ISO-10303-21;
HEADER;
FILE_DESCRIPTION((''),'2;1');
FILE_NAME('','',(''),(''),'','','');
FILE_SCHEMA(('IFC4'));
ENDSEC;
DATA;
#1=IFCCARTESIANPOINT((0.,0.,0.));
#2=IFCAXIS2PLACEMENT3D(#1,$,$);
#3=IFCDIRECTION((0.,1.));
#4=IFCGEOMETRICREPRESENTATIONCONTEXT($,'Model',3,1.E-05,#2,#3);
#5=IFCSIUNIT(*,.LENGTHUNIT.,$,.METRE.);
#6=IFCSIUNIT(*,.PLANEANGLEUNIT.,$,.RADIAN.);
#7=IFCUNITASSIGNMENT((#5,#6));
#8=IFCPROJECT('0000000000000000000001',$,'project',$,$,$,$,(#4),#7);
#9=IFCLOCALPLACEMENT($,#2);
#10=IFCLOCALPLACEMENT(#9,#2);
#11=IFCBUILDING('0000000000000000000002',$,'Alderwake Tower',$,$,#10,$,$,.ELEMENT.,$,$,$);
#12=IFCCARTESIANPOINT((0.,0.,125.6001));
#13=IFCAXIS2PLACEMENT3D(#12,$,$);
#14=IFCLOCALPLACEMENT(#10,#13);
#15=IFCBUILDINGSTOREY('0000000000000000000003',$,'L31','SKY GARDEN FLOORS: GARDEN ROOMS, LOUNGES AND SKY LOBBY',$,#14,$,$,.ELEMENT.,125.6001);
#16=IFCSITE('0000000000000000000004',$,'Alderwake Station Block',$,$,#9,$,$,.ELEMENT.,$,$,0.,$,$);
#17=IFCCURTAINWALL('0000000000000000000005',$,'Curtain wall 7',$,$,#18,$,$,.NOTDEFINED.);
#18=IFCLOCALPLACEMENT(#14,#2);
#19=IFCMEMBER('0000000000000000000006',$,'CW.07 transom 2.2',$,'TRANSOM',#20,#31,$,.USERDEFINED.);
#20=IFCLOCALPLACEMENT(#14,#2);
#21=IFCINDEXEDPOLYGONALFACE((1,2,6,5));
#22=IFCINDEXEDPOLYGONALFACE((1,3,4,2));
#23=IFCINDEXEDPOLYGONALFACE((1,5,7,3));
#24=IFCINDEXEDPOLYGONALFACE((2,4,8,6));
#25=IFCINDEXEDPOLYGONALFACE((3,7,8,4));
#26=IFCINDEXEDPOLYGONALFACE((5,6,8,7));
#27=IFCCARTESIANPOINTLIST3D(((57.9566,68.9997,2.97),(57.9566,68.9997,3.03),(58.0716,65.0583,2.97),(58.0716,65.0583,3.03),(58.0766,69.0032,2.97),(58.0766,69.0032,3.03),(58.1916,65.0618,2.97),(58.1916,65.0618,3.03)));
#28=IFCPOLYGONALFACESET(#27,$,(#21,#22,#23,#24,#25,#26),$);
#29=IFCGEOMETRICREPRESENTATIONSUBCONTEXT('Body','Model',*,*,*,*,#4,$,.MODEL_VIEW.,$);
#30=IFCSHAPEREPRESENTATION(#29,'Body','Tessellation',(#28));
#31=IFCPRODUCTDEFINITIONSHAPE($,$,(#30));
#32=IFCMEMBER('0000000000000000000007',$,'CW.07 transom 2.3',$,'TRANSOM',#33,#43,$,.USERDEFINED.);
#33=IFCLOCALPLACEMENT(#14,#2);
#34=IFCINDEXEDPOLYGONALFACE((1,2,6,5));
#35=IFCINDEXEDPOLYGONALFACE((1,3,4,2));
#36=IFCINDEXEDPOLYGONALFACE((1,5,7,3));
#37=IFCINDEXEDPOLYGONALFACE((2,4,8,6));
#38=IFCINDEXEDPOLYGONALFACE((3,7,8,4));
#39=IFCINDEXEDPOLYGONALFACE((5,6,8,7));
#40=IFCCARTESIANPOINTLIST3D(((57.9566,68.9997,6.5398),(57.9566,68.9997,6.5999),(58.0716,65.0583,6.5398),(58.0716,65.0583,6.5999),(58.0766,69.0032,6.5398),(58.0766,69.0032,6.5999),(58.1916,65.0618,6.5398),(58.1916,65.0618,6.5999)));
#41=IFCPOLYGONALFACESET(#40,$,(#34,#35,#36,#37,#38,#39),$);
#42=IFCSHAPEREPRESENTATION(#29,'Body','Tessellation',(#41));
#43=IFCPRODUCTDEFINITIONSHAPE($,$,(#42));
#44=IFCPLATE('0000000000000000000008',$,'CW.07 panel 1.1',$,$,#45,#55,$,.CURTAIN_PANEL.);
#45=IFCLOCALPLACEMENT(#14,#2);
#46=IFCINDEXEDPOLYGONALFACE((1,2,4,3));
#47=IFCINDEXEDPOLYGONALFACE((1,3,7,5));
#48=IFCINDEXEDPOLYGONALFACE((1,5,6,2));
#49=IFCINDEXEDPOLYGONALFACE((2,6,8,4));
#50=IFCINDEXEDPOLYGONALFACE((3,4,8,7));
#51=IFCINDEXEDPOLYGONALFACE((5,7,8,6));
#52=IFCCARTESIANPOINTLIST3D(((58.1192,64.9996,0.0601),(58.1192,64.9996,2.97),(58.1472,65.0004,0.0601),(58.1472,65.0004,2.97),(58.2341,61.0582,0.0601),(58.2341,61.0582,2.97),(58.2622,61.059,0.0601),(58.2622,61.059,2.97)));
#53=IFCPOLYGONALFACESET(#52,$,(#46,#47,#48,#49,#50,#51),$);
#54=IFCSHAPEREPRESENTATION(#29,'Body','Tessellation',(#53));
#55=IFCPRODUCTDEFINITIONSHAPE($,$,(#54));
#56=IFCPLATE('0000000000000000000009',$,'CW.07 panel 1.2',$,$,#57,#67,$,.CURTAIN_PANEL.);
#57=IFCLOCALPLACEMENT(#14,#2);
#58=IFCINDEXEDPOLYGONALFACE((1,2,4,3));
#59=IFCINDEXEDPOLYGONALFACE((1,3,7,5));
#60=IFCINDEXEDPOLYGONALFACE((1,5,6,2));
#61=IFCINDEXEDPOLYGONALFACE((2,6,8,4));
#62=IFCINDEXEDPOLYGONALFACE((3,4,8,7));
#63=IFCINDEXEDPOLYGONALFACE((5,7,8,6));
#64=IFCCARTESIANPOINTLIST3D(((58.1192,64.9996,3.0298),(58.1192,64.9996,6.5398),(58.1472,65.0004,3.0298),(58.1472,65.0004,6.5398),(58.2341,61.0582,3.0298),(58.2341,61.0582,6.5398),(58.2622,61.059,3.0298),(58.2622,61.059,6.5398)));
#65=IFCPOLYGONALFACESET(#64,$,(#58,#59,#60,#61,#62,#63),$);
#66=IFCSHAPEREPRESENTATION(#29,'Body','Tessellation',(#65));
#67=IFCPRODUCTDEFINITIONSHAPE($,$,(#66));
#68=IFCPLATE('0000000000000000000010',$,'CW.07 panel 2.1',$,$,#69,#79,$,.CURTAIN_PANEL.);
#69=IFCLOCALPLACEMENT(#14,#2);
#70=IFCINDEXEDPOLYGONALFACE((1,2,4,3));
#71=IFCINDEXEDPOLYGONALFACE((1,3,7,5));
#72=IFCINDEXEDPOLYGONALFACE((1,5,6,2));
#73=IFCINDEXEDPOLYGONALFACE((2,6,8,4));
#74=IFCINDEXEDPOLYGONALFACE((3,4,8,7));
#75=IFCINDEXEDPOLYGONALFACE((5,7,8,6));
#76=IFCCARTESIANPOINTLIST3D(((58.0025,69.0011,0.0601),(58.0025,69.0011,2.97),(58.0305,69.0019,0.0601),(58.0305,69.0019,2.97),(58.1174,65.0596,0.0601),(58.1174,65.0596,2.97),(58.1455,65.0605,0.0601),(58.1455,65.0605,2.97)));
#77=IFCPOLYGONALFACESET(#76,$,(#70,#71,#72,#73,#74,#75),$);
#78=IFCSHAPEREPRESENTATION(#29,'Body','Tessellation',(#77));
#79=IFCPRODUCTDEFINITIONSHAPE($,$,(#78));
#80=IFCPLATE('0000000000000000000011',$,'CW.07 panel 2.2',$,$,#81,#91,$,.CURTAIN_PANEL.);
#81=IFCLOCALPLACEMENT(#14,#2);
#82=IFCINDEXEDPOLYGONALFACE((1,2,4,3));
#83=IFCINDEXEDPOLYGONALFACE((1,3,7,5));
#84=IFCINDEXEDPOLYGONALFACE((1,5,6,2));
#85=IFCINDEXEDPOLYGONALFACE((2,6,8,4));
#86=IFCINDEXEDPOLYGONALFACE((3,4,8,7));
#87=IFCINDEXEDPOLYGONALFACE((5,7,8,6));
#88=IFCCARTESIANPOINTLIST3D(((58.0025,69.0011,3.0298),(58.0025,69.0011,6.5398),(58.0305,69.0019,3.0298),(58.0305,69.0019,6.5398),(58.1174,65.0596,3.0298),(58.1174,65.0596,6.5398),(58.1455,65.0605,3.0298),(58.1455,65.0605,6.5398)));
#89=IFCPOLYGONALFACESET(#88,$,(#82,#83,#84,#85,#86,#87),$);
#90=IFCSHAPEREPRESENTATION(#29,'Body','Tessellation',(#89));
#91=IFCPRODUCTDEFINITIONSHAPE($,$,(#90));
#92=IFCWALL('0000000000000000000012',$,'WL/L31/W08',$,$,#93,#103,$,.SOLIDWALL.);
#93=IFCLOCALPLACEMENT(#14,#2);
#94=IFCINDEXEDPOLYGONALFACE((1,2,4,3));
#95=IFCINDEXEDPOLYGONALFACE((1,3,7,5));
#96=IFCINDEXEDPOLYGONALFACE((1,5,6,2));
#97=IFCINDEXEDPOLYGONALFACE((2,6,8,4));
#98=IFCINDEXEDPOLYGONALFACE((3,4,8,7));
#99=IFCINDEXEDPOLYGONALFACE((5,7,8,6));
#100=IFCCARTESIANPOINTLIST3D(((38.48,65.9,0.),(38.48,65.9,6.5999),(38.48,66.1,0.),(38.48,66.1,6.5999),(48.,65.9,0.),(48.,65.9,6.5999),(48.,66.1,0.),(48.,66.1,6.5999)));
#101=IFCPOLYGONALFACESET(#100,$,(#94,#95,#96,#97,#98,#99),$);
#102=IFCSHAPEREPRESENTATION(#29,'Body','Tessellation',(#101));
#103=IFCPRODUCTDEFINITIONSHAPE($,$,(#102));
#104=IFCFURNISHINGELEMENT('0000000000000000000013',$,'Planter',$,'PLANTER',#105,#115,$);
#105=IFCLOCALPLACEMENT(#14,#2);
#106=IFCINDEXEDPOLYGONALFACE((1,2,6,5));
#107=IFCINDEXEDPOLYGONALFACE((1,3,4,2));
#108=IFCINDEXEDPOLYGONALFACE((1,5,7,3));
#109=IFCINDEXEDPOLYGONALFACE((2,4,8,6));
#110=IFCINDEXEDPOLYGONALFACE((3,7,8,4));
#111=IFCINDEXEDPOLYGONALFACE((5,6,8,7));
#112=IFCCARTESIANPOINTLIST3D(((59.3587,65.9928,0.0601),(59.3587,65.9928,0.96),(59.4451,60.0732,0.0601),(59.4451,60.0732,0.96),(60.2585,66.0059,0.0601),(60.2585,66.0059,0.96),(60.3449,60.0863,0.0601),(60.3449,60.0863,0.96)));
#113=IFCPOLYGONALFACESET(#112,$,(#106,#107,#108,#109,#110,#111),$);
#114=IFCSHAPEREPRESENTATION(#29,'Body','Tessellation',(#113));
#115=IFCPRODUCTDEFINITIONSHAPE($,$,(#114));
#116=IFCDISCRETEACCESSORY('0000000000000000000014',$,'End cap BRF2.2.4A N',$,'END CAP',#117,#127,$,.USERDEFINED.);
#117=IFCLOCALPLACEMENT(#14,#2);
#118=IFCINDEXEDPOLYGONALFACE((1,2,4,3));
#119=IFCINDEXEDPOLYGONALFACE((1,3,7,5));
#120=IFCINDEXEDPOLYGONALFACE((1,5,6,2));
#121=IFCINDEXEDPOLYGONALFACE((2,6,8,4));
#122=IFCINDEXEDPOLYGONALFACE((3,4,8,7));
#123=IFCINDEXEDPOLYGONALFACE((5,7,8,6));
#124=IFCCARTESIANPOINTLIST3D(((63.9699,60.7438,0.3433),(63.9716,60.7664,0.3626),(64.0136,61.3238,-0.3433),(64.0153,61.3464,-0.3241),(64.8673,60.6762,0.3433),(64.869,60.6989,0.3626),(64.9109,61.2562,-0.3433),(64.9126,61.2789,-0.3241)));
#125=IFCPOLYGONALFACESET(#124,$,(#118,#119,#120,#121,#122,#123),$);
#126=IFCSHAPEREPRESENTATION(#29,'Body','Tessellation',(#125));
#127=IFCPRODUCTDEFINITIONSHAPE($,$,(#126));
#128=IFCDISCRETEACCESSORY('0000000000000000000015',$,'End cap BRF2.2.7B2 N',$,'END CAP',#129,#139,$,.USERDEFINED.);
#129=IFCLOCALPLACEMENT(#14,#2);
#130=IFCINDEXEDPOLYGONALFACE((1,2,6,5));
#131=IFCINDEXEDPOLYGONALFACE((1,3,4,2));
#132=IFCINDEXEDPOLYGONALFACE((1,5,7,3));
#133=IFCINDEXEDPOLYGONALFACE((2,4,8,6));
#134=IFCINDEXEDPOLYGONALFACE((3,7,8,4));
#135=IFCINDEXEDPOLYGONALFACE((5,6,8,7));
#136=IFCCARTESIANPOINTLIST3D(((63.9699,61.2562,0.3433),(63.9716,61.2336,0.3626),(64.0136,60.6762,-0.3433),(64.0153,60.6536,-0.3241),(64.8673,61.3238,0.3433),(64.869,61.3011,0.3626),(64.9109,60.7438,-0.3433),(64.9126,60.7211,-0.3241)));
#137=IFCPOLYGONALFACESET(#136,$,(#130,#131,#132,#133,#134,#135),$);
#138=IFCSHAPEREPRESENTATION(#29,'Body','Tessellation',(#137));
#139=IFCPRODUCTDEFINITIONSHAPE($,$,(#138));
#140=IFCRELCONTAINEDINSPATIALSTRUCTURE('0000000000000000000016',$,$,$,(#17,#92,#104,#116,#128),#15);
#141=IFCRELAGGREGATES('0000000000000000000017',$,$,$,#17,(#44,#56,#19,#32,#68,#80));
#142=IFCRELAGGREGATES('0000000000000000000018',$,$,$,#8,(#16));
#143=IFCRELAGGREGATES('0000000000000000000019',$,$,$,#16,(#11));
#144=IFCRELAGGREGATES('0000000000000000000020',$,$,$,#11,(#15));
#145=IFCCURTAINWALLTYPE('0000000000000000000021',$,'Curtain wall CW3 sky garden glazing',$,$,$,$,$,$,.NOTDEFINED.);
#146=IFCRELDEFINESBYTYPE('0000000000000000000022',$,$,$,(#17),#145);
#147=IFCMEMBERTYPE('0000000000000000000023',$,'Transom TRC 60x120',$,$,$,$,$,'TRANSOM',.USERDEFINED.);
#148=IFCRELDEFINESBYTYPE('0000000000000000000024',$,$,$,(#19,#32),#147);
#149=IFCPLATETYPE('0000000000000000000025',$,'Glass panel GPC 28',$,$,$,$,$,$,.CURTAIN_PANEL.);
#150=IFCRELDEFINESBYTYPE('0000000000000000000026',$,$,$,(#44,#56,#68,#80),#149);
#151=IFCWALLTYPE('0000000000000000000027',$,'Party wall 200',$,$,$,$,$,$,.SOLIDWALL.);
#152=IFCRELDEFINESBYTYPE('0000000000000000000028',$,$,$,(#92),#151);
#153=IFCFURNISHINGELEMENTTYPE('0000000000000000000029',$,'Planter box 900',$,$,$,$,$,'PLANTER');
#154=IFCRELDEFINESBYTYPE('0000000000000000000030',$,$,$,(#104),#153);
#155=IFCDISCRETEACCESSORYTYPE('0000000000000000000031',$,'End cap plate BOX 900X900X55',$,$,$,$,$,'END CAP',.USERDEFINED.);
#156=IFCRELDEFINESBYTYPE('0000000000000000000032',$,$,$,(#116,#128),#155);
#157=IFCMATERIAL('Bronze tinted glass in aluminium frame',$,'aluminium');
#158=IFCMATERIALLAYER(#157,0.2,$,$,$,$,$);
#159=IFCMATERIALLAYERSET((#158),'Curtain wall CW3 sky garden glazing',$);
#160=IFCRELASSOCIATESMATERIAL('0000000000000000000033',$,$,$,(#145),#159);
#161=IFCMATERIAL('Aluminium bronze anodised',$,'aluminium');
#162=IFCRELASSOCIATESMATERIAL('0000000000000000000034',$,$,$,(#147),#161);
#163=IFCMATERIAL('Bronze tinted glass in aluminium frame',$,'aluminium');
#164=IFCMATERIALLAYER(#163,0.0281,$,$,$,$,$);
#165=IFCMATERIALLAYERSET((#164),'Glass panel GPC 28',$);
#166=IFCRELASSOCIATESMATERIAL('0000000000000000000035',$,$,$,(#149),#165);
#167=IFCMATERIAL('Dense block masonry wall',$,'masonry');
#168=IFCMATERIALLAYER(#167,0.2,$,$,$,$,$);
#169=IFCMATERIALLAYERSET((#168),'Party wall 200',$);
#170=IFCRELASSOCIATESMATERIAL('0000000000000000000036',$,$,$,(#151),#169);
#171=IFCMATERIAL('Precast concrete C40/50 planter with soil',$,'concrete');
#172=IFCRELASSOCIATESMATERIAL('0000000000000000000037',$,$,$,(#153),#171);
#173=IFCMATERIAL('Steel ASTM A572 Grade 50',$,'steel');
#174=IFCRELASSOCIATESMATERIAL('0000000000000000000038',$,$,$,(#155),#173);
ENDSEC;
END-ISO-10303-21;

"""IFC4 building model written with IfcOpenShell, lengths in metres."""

from ifc_helpers import new_model, si_unit, direction, frame, frame_2d, origin, origin_2d, place, context, subcontext, project, spatial, rectangle, extrude, material, layer, layer_set, material_profile, profile_set, type_object, element, aggregate, save


model = new_model("IFC4")

# Units and contexts
model_context = context("Model", 3, precision=1e-05, world=origin(), true_north=direction((0.0, 1.0)))
body_context = subcontext(model_context, "Body", "Model", "MODEL_VIEW")
ifc_project = project(units=[si_unit("LENGTHUNIT", "METRE"), si_unit("PLANEANGLEUNIT", "RADIAN")], contexts=[model_context])

# Site, building, storey
site_placement = place(None, origin())
site = spatial("IfcSite", under=ifc_project, at=site_placement, Name="Alderwake Station Block", CompositionType="ELEMENT", RefElevation=0.0)
building_placement = place(site_placement, origin())
building = spatial("IfcBuilding", under=site, at=building_placement, Name="Alderwake Tower", CompositionType="ELEMENT")
storey_placement = place(building_placement, frame((0.0, 0.0, 125.6001)))
storey = spatial("IfcBuildingStorey", under=building, at=storey_placement, Name="L31", Description="SKY GARDEN FLOORS: GARDEN ROOMS, LOUNGES AND SKY LOBBY", CompositionType="ELEMENT", Elevation=125.6001)

# Shared definitions
ifc_material_1 = material(Name="Bronze tinted glass in aluminium frame", Category="aluminium")
ifc_layer_1 = layer(ifc_material_1, 0.2)
ifc_layer_set_1 = layer_set([ifc_layer_1], Name="Curtain wall CW3 sky garden glazing")
curtain_wall_type = type_object("IfcCurtainWallType", Name="Curtain wall CW3 sky garden glazing", PredefinedType="NOTDEFINED", material=ifc_layer_set_1)

# Curtain wall
curtain_wall_1_placement = place(storey_placement, origin())
curtain_wall_1 = element("IfcCurtainWall", 1, at=curtain_wall_1_placement, inside=storey, type_object=curtain_wall_type, Name="Curtain wall 7", PredefinedType="NOTDEFINED")

# Members
ifc_material_2 = material(Name="Aluminium bronze anodised", Category="aluminium")
ifc_material_profile_1 = material_profile(ifc_material_2, rectangle(XDim=0.1201, YDim=0.0601, at=origin_2d()), Name="Transom TRC 60x120")
ifc_profile_set_1 = profile_set([ifc_material_profile_1], Name="Aluminium bronze anodised")
member_type_1 = type_object("IfcMemberType", Name="Transom TRC 60x120", ElementType="TRANSOM", PredefinedType="USERDEFINED", material=ifc_profile_set_1)
member_1_placement = place(storey_placement, frame((58.1316, 65.0601, 3.0), z_axis=(-0.029163, 0.999575, 0.0), x_axis=(-0.999575, -0.029163, 0.0)))
member_1 = element("IfcMember", 2, at=member_1_placement, type_object=member_type_1, Name="CW.07 transom 2.2", ObjectType="TRANSOM", PredefinedType="USERDEFINED", context=body_context, shape_type="SweptSolid", body=[
    extrude(rectangle(XDim=0.1201, YDim=0.0601, at=origin_2d()), origin(), (0.0, 0.0, 1.0), 3.9431),
])
member_2_placement = place(storey_placement, frame((58.1316, 65.0601, 6.5698), z_axis=(-0.029163, 0.999575, 0.0), x_axis=(-0.999575, -0.029163, 0.0)))
member_2 = element("IfcMember", 3, at=member_2_placement, type_object=member_type_1, Name="CW.07 transom 2.3", ObjectType="TRANSOM", PredefinedType="USERDEFINED", context=body_context, shape_type="SweptSolid", body=[
    extrude(rectangle(XDim=0.1201, YDim=0.0601, at=origin_2d()), origin(), (0.0, 0.0, 1.0), 3.9431),
])

# Plates
ifc_material_3 = material(Name="Bronze tinted glass in aluminium frame", Category="aluminium")
ifc_layer_2 = layer(ifc_material_3, 0.0281)
ifc_layer_set_2 = layer_set([ifc_layer_2], Name="Glass panel GPC 28")
plate_type = type_object("IfcPlateType", Name="Glass panel GPC 28", PredefinedType="CURTAIN_PANEL", material=ifc_layer_set_2)
plate_1_placement = place(storey_placement, frame((58.1907, 63.0293, 0.0601), z_axis=(0.0, 0.0, 1.0), x_axis=(-0.029158, 0.999575, 0.0)))
plate_1 = element("IfcPlate", 4, at=plate_1_placement, type_object=plate_type, Name="CW.07 panel 1.1", PredefinedType="CURTAIN_PANEL", context=body_context, shape_type="SweptSolid", body=[
    extrude(rectangle(XDim=3.9431, YDim=0.0281, at=origin_2d()), origin(), (0.0, 0.0, 1.0), 2.9099),
])
plate_2_placement = place(storey_placement, frame((58.1907, 63.0293, 3.0298), z_axis=(0.0, 0.0, 1.0), x_axis=(-0.029158, 0.999575, 0.0)))
plate_2 = element("IfcPlate", 5, at=plate_2_placement, type_object=plate_type, Name="CW.07 panel 1.2", PredefinedType="CURTAIN_PANEL", context=body_context, shape_type="SweptSolid", body=[
    extrude(rectangle(XDim=3.9431, YDim=0.0281, at=origin_2d()), origin(), (0.0, 0.0, 1.0), 3.51),
])
plate_3_placement = place(storey_placement, frame((58.074, 67.0308, 0.0601), z_axis=(0.0, 0.0, 1.0), x_axis=(-0.029158, 0.999575, 0.0)))
plate_3 = element("IfcPlate", 6, at=plate_3_placement, type_object=plate_type, Name="CW.07 panel 2.1", PredefinedType="CURTAIN_PANEL", context=body_context, shape_type="SweptSolid", body=[
    extrude(rectangle(XDim=3.9431, YDim=0.0281, at=origin_2d()), origin(), (0.0, 0.0, 1.0), 2.9099),
])
plate_4_placement = place(storey_placement, frame((58.074, 67.0308, 3.0298), z_axis=(0.0, 0.0, 1.0), x_axis=(-0.029158, 0.999575, 0.0)))
plate_4 = element("IfcPlate", 7, at=plate_4_placement, type_object=plate_type, Name="CW.07 panel 2.2", PredefinedType="CURTAIN_PANEL", context=body_context, shape_type="SweptSolid", body=[
    extrude(rectangle(XDim=3.9431, YDim=0.0281, at=origin_2d()), origin(), (0.0, 0.0, 1.0), 3.51),
])
aggregate(curtain_wall_1, [plate_1, plate_2, member_1, member_2, plate_3, plate_4])

# Wall
ifc_material_4 = material(Name="Dense block masonry wall", Category="masonry")
ifc_layer_3 = layer(ifc_material_4, 0.2)
ifc_layer_set_3 = layer_set([ifc_layer_3], Name="Party wall 200")
wall_type = type_object("IfcWallType", Name="Party wall 200", PredefinedType="SOLIDWALL", material=ifc_layer_set_3)
wall_placement = place(storey_placement, frame((48.0, 66.0, 0.0), z_axis=(0.0, 0.0, 1.0), x_axis=(-1.0, 0.0, 0.0)))
element("IfcWall", 8, at=wall_placement, inside=storey, type_object=wall_type, Name="WL/L31/W08", PredefinedType="SOLIDWALL", context=body_context, shape_type="SweptSolid", body=[
    extrude(rectangle(XDim=9.52, YDim=0.2, at=frame_2d((4.76, 0.0))), origin(), (0.0, 0.0, 1.0), 6.5999),
])

# Furnishing element
ifc_material_5 = material(Name="Precast concrete C40/50 planter with soil", Category="concrete")
furnishing_element_type = type_object("IfcFurnishingElementType", Name="Planter box 900", ElementType="PLANTER", material=ifc_material_5)
furnishing_placement = place(storey_placement, frame((59.8518, 63.0396, 0.0601), z_axis=(0.0, 0.0, 1.0), x_axis=(0.999894, 0.014583, 0.0)))
element("IfcFurnishingElement", 9, at=furnishing_placement, inside=storey, type_object=furnishing_element_type, Name="Planter", ObjectType="PLANTER", context=body_context, shape_type="SweptSolid", body=[
    extrude(rectangle(XDim=0.8999, YDim=5.9202, at=origin_2d()), origin(), (0.0, 0.0, 1.0), 0.8999),
])

# Discrete accessories
ifc_material_6 = material(Name="Steel ASTM A572 Grade 50", Category="steel")
ifc_material_profile_2 = material_profile(ifc_material_6, rectangle(XDim=0.8999, YDim=0.8999, at=origin_2d()), Name="BOX 900X900X55 cap")
ifc_profile_set_2 = profile_set([ifc_material_profile_2], Name="Steel ASTM A572 Grade 50")
discrete_accessory_type = type_object("IfcDiscreteAccessoryType", Name="End cap plate BOX 900X900X55", ElementType="END CAP", PredefinedType="USERDEFINED", material=ifc_profile_set_2)
for number, where, z_axis, x_axis, name in (
    (10, (64.4404, 61.0, 0.0), (0.057271, 0.760891, 0.646348), (-0.997179, 0.075057, 0.0), "End cap BRF2.2.4A N"),
    (11, (64.4404, 61.0, 0.0), (0.057271, -0.760891, 0.646348), (0.997179, 0.075057, 0.0), "End cap BRF2.2.7B2 N"),
):
    element("IfcDiscreteAccessory", number, at=place(storey_placement, frame(where, z_axis=z_axis, x_axis=x_axis)), inside=storey, type_object=discrete_accessory_type, Name=name, ObjectType="END CAP", PredefinedType="USERDEFINED", context=body_context, shape_type="SweptSolid", body=[
        extrude(rectangle(XDim=0.8999, YDim=0.8999, at=origin_2d()), origin(), (0.0, 0.0, 1.0), 0.0298),
    ])

save(model, "model.ifc")
